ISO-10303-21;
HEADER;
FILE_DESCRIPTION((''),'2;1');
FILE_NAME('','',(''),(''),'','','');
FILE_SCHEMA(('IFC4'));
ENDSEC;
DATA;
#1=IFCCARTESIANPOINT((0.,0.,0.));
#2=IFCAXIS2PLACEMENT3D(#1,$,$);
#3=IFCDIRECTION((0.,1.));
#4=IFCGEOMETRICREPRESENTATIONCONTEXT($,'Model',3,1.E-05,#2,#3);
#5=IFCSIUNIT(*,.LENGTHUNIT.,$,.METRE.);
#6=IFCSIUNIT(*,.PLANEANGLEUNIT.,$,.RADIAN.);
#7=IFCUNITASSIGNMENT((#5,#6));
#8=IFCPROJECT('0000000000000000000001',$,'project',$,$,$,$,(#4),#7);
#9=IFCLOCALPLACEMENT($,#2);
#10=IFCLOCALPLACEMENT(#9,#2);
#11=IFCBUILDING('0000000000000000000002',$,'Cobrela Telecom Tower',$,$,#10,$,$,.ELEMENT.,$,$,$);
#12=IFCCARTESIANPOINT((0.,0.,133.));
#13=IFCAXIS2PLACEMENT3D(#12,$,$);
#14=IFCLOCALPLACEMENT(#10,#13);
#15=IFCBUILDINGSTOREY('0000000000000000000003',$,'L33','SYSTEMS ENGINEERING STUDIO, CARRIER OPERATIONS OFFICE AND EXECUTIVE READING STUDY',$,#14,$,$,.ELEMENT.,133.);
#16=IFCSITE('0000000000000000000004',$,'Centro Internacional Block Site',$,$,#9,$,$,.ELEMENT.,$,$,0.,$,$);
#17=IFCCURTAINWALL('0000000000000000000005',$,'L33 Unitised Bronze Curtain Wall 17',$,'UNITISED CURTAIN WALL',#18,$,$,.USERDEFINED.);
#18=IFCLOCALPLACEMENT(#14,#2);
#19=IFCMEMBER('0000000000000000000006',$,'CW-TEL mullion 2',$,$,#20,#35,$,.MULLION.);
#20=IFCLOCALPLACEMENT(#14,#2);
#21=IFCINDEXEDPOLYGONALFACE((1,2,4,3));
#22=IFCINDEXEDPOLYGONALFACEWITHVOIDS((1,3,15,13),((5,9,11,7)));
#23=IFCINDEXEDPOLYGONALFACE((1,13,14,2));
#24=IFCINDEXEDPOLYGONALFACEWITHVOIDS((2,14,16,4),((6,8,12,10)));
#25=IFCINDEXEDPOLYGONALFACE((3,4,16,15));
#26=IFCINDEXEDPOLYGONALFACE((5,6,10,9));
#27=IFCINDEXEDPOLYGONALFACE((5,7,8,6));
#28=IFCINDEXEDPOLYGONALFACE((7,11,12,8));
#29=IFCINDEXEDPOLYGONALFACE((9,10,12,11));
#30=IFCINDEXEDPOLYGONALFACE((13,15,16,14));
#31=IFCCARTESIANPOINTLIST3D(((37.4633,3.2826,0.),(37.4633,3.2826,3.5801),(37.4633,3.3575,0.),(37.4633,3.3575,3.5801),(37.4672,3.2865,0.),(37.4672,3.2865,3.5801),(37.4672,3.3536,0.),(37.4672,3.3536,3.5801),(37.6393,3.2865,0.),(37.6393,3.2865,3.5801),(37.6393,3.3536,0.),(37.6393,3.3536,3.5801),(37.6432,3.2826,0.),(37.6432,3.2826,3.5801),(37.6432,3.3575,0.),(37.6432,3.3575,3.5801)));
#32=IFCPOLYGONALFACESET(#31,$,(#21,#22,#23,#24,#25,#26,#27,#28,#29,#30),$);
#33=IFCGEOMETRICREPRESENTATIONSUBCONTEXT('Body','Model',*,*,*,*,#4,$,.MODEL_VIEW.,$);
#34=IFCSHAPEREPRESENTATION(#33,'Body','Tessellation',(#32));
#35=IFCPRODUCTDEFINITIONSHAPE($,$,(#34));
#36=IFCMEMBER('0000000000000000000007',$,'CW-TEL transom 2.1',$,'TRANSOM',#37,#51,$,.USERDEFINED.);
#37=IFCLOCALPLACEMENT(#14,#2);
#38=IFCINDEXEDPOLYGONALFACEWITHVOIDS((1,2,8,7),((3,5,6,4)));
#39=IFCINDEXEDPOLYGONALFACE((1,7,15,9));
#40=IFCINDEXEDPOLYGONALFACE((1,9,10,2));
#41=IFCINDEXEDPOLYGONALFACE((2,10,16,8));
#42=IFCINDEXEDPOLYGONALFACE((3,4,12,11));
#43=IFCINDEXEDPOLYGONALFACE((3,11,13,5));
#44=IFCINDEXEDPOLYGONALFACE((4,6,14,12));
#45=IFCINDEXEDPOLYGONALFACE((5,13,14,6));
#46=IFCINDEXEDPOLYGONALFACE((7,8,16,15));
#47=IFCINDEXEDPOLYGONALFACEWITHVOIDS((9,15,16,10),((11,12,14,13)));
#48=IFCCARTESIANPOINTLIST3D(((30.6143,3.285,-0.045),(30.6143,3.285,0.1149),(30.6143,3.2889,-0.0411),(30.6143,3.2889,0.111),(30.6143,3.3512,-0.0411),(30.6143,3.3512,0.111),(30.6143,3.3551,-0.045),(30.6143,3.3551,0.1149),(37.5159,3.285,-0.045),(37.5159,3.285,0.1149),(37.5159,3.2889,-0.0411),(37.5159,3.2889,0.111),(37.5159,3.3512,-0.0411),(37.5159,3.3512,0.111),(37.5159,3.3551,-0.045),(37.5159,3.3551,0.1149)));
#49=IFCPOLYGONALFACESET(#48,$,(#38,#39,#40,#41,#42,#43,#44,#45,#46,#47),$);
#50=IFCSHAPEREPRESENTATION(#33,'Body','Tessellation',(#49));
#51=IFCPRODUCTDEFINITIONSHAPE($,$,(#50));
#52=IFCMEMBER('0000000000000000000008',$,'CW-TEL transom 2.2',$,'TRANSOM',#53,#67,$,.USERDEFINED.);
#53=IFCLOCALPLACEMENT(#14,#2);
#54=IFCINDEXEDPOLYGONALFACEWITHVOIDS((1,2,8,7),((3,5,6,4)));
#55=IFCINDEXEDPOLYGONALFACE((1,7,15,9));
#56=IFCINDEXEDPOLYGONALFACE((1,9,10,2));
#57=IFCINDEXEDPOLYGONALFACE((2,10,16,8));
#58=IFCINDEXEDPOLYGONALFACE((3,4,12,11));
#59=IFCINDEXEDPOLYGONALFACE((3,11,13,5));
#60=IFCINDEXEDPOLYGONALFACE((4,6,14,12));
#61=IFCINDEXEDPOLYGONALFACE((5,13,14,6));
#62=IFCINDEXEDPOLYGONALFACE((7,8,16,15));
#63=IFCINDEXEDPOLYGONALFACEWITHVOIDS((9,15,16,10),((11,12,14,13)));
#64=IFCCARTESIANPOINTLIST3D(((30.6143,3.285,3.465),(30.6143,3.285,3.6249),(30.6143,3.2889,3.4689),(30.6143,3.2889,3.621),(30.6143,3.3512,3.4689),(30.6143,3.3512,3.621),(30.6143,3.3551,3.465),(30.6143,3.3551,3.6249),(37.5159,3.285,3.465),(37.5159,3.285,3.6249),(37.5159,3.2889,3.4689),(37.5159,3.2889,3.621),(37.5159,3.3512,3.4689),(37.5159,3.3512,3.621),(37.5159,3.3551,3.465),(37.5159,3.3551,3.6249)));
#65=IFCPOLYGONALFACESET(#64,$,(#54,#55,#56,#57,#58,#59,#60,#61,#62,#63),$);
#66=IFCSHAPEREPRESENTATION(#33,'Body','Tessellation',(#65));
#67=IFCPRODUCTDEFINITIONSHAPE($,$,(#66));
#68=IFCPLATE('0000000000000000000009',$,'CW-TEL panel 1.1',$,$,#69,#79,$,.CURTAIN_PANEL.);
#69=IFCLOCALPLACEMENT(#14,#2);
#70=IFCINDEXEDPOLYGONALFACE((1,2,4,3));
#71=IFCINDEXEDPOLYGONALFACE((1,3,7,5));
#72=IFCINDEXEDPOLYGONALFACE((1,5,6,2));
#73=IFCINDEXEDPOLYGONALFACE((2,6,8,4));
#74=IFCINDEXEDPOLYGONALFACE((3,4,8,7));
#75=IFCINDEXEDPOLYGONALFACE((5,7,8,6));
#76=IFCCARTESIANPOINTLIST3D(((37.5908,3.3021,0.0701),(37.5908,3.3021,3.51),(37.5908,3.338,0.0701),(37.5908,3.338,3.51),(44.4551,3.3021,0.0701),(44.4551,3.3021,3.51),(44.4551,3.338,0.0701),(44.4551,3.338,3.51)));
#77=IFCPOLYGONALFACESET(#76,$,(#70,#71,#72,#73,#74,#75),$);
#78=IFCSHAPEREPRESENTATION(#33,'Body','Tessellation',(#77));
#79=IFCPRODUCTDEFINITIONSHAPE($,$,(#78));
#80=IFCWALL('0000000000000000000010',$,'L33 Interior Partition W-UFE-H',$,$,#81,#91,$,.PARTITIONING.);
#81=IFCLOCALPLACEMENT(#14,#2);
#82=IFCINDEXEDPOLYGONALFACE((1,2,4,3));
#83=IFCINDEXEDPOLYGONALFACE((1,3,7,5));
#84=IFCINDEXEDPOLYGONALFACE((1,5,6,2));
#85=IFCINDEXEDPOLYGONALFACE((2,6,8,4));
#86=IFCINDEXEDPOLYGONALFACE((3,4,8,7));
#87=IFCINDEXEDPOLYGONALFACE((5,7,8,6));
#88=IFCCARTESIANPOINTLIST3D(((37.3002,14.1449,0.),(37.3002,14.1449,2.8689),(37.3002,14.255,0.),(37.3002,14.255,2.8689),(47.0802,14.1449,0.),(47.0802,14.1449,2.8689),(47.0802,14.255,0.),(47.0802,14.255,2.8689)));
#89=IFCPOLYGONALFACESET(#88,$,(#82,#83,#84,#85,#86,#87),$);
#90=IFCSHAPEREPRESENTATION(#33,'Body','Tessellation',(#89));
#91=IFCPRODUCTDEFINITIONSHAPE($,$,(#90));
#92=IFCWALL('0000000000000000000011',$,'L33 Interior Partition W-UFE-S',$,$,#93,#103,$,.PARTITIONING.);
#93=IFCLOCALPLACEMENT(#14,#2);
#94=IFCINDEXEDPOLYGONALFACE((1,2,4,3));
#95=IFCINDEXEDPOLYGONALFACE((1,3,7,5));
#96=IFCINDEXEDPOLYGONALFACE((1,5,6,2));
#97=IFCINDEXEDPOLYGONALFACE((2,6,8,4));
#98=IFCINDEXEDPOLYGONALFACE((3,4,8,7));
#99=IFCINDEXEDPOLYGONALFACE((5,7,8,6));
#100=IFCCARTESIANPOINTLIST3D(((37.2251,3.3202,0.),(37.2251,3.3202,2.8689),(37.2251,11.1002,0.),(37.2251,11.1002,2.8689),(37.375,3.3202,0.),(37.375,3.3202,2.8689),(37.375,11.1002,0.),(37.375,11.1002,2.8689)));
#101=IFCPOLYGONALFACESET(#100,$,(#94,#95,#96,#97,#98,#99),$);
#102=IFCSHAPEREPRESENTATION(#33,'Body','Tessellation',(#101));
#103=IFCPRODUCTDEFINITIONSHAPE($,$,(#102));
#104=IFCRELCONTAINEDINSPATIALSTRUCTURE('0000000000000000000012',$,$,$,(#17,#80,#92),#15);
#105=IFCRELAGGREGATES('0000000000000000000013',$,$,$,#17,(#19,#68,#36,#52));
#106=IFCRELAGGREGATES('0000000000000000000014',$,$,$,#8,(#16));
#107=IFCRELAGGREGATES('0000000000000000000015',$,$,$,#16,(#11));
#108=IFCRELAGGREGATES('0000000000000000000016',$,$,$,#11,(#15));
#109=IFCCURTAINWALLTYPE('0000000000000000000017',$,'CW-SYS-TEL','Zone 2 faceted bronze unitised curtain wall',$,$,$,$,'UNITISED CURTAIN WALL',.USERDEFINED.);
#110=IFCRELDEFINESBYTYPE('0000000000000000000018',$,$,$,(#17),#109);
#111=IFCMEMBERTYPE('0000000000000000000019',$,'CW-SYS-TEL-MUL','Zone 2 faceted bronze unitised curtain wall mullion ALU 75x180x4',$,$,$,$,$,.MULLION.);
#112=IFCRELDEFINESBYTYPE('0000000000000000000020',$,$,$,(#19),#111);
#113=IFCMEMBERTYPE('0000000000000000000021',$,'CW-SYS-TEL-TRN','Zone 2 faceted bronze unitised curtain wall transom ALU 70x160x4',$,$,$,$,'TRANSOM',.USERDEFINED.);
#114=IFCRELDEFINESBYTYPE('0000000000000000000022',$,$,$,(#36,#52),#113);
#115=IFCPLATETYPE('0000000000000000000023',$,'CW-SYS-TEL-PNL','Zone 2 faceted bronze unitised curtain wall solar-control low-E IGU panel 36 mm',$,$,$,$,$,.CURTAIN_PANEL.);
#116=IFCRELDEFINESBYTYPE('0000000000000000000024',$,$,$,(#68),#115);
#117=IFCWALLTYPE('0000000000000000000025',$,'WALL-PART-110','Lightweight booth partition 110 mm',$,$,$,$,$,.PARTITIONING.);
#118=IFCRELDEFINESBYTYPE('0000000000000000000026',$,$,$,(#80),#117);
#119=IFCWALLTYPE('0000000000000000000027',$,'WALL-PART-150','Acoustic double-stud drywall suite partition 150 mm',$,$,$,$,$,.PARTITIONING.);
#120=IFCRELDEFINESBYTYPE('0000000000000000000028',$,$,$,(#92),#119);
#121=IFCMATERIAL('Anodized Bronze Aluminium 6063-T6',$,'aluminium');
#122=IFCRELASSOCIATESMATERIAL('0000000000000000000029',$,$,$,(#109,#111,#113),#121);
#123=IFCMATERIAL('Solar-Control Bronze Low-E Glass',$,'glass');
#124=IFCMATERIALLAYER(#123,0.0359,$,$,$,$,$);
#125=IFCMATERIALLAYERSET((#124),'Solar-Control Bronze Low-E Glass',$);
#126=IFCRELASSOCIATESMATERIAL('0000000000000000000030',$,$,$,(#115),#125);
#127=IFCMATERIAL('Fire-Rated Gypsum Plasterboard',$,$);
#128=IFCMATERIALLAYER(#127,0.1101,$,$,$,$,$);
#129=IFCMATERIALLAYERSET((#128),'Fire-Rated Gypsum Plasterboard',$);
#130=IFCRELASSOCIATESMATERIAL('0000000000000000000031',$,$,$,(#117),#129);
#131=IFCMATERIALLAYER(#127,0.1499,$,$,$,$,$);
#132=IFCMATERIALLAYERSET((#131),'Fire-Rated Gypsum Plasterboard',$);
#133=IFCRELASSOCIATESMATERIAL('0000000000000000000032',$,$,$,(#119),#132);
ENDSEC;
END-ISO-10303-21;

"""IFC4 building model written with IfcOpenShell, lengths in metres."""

from ifc_helpers import new_model, si_unit, direction, frame, frame_2d, origin, origin_2d, place, context, subcontext, project, spatial, rectangle, hollow_rectangle, extrude, material, layer, layer_set, material_profile, profile_set, type_object, element, aggregate, save


model = new_model("IFC4")

# Units and contexts
model_context = context("Model", 3, precision=1e-05, world=origin(), true_north=direction((0.0, 1.0)))
body_context = subcontext(model_context, "Body", "Model", "MODEL_VIEW")
ifc_project = project(units=[si_unit("LENGTHUNIT", "METRE"), si_unit("PLANEANGLEUNIT", "RADIAN")], contexts=[model_context])

# Site, building, storey
site_placement = place(None, origin())
site = spatial("IfcSite", under=ifc_project, at=site_placement, Name="Centro Internacional Block Site", CompositionType="ELEMENT", RefElevation=0.0)
building_placement = place(site_placement, origin())
building = spatial("IfcBuilding", under=site, at=building_placement, Name="Cobrela Telecom Tower", CompositionType="ELEMENT")
storey_placement = place(building_placement, frame((0.0, 0.0, 133.0)))
storey = spatial("IfcBuildingStorey", under=building, at=storey_placement, Name="L33", Description="SYSTEMS ENGINEERING STUDIO, CARRIER OPERATIONS OFFICE AND EXECUTIVE READING STUDY", CompositionType="ELEMENT", Elevation=133.0)

# Curtain wall, members, plate
ifc_material_1 = material(Name="Anodized Bronze Aluminium 6063-T6", Category="aluminium")
curtain_wall_type = type_object("IfcCurtainWallType", Name="CW-SYS-TEL", Description="Zone 2 faceted bronze unitised curtain wall", ElementType="UNITISED CURTAIN WALL", PredefinedType="USERDEFINED", material=ifc_material_1)
curtain_wall_placement = place(storey_placement, origin())
curtain_wall = element("IfcCurtainWall", 1, at=curtain_wall_placement, inside=storey, type_object=curtain_wall_type, Name="L33 Unitised Bronze Curtain Wall 17", ObjectType="UNITISED CURTAIN WALL", PredefinedType="USERDEFINED")
ifc_material_profile_1 = material_profile(ifc_material_1, hollow_rectangle(XDim=0.075, YDim=0.1799, WallThickness=0.0039, at=origin_2d()), Name="ALU 75x180x4")
ifc_profile_set_1 = profile_set([ifc_material_profile_1], Name="Anodized Bronze Aluminium 6063-T6")
member_type_1 = type_object("IfcMemberType", Name="CW-SYS-TEL-MUL", Description="Zone 2 faceted bronze unitised curtain wall mullion ALU 75x180x4", PredefinedType="MULLION", material=ifc_profile_set_1)
member_1_placement = place(storey_placement, frame((37.5532, 3.3201, 0.0), z_axis=(0.0, 0.0, 1.0), x_axis=(0.0, -1.0, 0.0)))
member_1 = element("IfcMember", 2, at=member_1_placement, type_object=member_type_1, Name="CW-TEL mullion 2", PredefinedType="MULLION", context=body_context, shape_type="SweptSolid", body=[
    extrude(hollow_rectangle(XDim=0.075, YDim=0.1799, WallThickness=0.0039, at=origin_2d()), origin(), (0.0, 0.0, 1.0), 3.5801),
])
ifc_material_profile_2 = material_profile(ifc_material_1, hollow_rectangle(XDim=0.0701, YDim=0.1599, WallThickness=0.0039, at=origin_2d()), Name="ALU 70x160x4")
ifc_profile_set_2 = profile_set([ifc_material_profile_2], Name="Anodized Bronze Aluminium 6063-T6")
member_type_2 = type_object("IfcMemberType", Name="CW-SYS-TEL-TRN", Description="Zone 2 faceted bronze unitised curtain wall transom ALU 70x160x4", ElementType="TRANSOM", PredefinedType="USERDEFINED", material=ifc_profile_set_2)
member_2_placement = place(storey_placement, frame((37.5159, 3.3201, 0.0349), z_axis=(-1.0, 0.0, 0.0), x_axis=(0.0, -1.0, 0.0)))
member_2 = element("IfcMember", 3, at=member_2_placement, type_object=member_type_2, Name="CW-TEL transom 2.1", ObjectType="TRANSOM", PredefinedType="USERDEFINED", context=body_context, shape_type="SweptSolid", body=[
    extrude(hollow_rectangle(XDim=0.0701, YDim=0.1599, WallThickness=0.0039, at=origin_2d()), origin(), (0.0, 0.0, 1.0), 6.9016),
])
member_3_placement = place(storey_placement, frame((37.5159, 3.3201, 3.5449), z_axis=(-1.0, 0.0, 0.0), x_axis=(0.0, -1.0, 0.0)))
member_3 = element("IfcMember", 4, at=member_3_placement, type_object=member_type_2, Name="CW-TEL transom 2.2", ObjectType="TRANSOM", PredefinedType="USERDEFINED", context=body_context, shape_type="SweptSolid", body=[
    extrude(hollow_rectangle(XDim=0.0701, YDim=0.1599, WallThickness=0.0039, at=origin_2d()), origin(), (0.0, 0.0, 1.0), 6.9016),
])
ifc_material_2 = material(Name="Solar-Control Bronze Low-E Glass", Category="glass")
ifc_layer_1 = layer(ifc_material_2, 0.0359)
ifc_layer_set_1 = layer_set([ifc_layer_1], Name="Solar-Control Bronze Low-E Glass")
plate_type = type_object("IfcPlateType", Name="CW-SYS-TEL-PNL", Description="Zone 2 faceted bronze unitised curtain wall solar-control low-E IGU panel 36 mm", PredefinedType="CURTAIN_PANEL", material=ifc_layer_set_1)
plate_placement = place(storey_placement, frame((41.0229, 3.3201, 0.0701), z_axis=(0.0, 0.0, 1.0), x_axis=(-1.0, 0.0, 0.0)))
plate = element("IfcPlate", 5, at=plate_placement, type_object=plate_type, Name="CW-TEL panel 1.1", PredefinedType="CURTAIN_PANEL", context=body_context, shape_type="SweptSolid", body=[
    extrude(rectangle(XDim=6.8643, YDim=0.0359, at=origin_2d()), origin(), (0.0, 0.0, 1.0), 3.4399),
])
aggregate(curtain_wall, [member_1, plate, member_2, member_3])

# Wall
ifc_material_3 = material(Name="Fire-Rated Gypsum Plasterboard")
ifc_layer_2 = layer(ifc_material_3, 0.1101)
ifc_layer_set_2 = layer_set([ifc_layer_2], Name="Fire-Rated Gypsum Plasterboard")
wall_type_1 = type_object("IfcWallType", Name="WALL-PART-110", Description="Lightweight booth partition 110 mm", PredefinedType="PARTITIONING", material=ifc_layer_set_2)
wall_1_placement = place(storey_placement, frame((37.3, 14.2, 0.0), z_axis=(0.0, 0.0, 1.0), x_axis=(1.0, 0.0, 0.0)))
element("IfcWall", 6, at=wall_1_placement, inside=storey, type_object=wall_type_1, Name="L33 Interior Partition W-UFE-H", PredefinedType="PARTITIONING", context=body_context, shape_type="SweptSolid", body=[
    extrude(rectangle(XDim=9.78, YDim=0.1101, at=frame_2d((4.8901, 0.0))), origin(), (0.0, 0.0, 1.0), 2.8689),
])

# Wall
ifc_layer_3 = layer(ifc_material_3, 0.1499)
ifc_layer_set_3 = layer_set([ifc_layer_3], Name="Fire-Rated Gypsum Plasterboard")
wall_type_2 = type_object("IfcWallType", Name="WALL-PART-150", Description="Acoustic double-stud drywall suite partition 150 mm", PredefinedType="PARTITIONING", material=ifc_layer_set_3)
wall_2_placement = place(storey_placement, frame((37.3, 3.3201, 0.0), z_axis=(0.0, 0.0, 1.0), x_axis=(0.0, 1.0, 0.0)))
element("IfcWall", 7, at=wall_2_placement, inside=storey, type_object=wall_type_2, Name="L33 Interior Partition W-UFE-S", PredefinedType="PARTITIONING", context=body_context, shape_type="SweptSolid", body=[
    extrude(rectangle(XDim=7.78, YDim=0.1499, at=frame_2d((3.8901, 0.0))), origin(), (0.0, 0.0, 1.0), 2.8689),
])

save(model, "model.ifc")
